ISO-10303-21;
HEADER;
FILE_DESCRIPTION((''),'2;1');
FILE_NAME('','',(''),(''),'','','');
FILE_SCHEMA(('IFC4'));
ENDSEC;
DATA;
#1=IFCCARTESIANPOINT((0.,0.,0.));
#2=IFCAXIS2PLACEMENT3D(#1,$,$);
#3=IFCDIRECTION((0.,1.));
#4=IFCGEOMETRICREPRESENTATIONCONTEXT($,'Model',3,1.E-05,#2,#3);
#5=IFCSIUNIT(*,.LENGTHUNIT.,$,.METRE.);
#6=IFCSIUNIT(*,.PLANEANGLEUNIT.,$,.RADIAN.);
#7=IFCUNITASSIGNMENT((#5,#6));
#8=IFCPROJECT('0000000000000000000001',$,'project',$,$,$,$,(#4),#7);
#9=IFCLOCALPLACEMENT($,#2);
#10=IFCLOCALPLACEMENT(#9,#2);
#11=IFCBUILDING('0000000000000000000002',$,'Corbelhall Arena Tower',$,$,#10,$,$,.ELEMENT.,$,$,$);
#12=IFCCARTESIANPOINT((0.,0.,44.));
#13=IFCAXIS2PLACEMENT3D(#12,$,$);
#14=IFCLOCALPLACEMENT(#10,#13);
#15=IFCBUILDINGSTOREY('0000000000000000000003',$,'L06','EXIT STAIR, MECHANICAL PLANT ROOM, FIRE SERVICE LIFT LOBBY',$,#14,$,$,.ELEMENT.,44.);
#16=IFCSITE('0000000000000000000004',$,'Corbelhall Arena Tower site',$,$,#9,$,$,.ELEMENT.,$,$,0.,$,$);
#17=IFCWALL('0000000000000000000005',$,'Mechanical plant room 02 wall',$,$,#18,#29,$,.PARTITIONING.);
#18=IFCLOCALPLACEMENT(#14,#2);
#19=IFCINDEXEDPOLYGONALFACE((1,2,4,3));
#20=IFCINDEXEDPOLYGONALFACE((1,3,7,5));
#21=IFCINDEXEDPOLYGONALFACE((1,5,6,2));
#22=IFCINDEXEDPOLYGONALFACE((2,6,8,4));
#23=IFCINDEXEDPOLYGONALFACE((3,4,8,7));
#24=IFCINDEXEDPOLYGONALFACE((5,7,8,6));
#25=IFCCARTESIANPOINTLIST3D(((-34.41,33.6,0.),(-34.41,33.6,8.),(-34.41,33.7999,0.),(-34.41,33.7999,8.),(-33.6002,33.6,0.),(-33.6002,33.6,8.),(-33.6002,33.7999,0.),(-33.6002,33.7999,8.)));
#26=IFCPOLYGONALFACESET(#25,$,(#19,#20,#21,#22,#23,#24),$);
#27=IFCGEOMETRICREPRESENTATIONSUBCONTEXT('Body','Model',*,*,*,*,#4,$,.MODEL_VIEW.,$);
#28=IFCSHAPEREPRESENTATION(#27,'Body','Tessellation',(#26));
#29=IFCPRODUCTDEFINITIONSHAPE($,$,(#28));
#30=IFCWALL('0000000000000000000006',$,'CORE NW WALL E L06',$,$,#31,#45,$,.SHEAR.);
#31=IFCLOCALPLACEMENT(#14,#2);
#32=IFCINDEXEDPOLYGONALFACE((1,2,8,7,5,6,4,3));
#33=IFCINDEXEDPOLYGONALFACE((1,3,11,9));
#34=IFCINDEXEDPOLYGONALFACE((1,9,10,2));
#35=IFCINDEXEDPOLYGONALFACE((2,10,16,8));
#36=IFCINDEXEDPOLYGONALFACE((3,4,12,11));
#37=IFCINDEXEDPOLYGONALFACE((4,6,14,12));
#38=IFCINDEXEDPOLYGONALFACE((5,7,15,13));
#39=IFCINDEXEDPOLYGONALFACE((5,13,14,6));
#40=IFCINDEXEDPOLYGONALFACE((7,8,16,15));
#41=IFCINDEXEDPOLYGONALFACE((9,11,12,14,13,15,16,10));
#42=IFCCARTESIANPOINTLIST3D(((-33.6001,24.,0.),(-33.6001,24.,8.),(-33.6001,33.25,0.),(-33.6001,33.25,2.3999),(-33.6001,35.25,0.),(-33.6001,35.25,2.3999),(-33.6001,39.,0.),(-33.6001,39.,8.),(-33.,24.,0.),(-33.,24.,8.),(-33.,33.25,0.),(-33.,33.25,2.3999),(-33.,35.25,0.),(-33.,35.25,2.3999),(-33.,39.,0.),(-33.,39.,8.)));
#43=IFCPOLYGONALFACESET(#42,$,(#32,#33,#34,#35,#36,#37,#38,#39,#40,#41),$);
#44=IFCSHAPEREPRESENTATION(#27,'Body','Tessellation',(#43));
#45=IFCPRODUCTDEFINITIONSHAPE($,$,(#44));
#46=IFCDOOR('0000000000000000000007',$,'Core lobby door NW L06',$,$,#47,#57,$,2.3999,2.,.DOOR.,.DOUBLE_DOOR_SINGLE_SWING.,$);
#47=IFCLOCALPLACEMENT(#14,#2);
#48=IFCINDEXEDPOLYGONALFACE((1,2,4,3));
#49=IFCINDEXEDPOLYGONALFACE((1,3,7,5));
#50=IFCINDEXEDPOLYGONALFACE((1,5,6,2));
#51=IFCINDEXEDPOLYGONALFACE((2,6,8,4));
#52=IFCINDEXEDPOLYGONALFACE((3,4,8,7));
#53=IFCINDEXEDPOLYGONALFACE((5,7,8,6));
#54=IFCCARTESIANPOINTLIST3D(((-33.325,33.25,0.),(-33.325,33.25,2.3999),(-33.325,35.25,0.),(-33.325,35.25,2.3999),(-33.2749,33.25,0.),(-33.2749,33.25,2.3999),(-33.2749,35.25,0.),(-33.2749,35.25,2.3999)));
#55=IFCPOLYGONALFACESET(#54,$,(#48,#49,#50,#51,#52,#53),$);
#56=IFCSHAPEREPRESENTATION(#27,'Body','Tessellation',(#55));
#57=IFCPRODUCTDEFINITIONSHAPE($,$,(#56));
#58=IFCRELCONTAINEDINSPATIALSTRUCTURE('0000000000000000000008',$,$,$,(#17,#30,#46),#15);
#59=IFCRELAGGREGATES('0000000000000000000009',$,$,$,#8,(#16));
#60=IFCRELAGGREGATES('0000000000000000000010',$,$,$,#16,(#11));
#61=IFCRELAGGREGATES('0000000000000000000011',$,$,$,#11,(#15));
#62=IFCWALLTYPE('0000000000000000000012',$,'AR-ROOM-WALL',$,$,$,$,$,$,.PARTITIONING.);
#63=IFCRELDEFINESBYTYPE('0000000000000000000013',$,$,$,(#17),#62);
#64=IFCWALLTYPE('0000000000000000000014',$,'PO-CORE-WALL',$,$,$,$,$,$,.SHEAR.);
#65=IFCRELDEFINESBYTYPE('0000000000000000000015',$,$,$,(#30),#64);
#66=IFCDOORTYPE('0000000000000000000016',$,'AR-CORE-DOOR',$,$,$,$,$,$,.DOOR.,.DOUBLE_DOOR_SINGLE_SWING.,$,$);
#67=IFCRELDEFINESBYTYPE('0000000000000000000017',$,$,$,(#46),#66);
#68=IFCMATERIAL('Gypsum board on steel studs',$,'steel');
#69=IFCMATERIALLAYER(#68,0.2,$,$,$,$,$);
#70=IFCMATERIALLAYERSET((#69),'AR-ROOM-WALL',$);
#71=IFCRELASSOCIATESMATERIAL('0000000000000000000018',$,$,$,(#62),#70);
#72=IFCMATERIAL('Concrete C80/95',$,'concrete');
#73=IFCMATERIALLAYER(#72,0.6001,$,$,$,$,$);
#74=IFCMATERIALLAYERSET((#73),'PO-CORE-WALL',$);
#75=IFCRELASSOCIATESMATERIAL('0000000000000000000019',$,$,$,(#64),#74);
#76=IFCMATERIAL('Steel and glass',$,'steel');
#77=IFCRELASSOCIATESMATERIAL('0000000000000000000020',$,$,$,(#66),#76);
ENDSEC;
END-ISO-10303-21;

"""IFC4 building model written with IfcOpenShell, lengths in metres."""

from ifc_helpers import new_model, si_unit, direction, frame, frame_2d, origin, place, context, subcontext, project, spatial, rectangle, extrude, material, layer, layer_set, type_object, element, fill, save


model = new_model("IFC4")

# Units and contexts
model_context = context("Model", 3, precision=1e-05, world=origin(), true_north=direction((0.0, 1.0)))
body_context = subcontext(model_context, "Body", "Model", "MODEL_VIEW")
ifc_project = project(units=[si_unit("LENGTHUNIT", "METRE"), si_unit("PLANEANGLEUNIT", "RADIAN")], contexts=[model_context])

# Site, building, storey
site_placement = place(None, origin())
site = spatial("IfcSite", under=ifc_project, at=site_placement, Name="Corbelhall Arena Tower site", CompositionType="ELEMENT", RefElevation=0.0)
building_placement = place(site_placement, origin())
building = spatial("IfcBuilding", under=site, at=building_placement, Name="Corbelhall Arena Tower", CompositionType="ELEMENT")
storey_placement = place(building_placement, frame((0.0, 0.0, 44.0)))
storey = spatial("IfcBuildingStorey", under=building, at=storey_placement, Name="L06", Description="EXIT STAIR, MECHANICAL PLANT ROOM, FIRE SERVICE LIFT LOBBY", CompositionType="ELEMENT", Elevation=44.0)

# Wall
ifc_material_1 = material(Name="Gypsum board on steel studs", Category="steel")
ifc_layer_1 = layer(ifc_material_1, 0.2)
ifc_layer_set_1 = layer_set([ifc_layer_1], Name="AR-ROOM-WALL")
wall_type_1 = type_object("IfcWallType", Name="AR-ROOM-WALL", PredefinedType="PARTITIONING", material=ifc_layer_set_1)
wall_1_placement = place(storey_placement, frame((-34.4099, 33.7, 0.0), z_axis=(0.0, 0.0, 1.0), x_axis=(1.0, 0.0, 0.0)))
element("IfcWall", 1, at=wall_1_placement, inside=storey, type_object=wall_type_1, Name="Mechanical plant room 02 wall", PredefinedType="PARTITIONING", context=body_context, shape_type="SweptSolid", body=[
    extrude(rectangle(XDim=0.8098, YDim=0.2, at=frame_2d((0.4048, 0.0))), origin(), (0.0, 0.0, 1.0), 8.0),
])

# Wall, opening, door
ifc_material_2 = material(Name="Concrete C80/95", Category="concrete")
ifc_layer_2 = layer(ifc_material_2, 0.6001)
ifc_layer_set_2 = layer_set([ifc_layer_2], Name="PO-CORE-WALL")
wall_type_2 = type_object("IfcWallType", Name="PO-CORE-WALL", PredefinedType="SHEAR", material=ifc_layer_set_2)
wall_2_placement = place(storey_placement, frame((-33.3, 24.0, 0.0), z_axis=(0.0, 0.0, 1.0), x_axis=(0.0, 1.0, 0.0)))
wall_2 = element("IfcWall", 2, at=wall_2_placement, inside=storey, type_object=wall_type_2, Name="CORE NW WALL E L06", PredefinedType="SHEAR", context=body_context, shape_type="SweptSolid", body=[
    extrude(rectangle(XDim=15.0, YDim=0.6001, at=frame_2d((7.5, 0.0))), origin(), (0.0, 0.0, 1.0), 8.0),
])
opening_1_placement = place(wall_2_placement, frame((9.25, 0.0, 0.0)))
opening_1 = element("IfcOpeningElement", 3, at=opening_1_placement, cuts=wall_2, PredefinedType="OPENING", context=body_context, shape_type="SweptSolid", body=[
    extrude(rectangle(XDim=2.0, YDim=2.3999, at=frame_2d((1.0, 1.2))), frame((0.0, 0.3, 0.0), z_axis=(0.0, -1.0, 0.0), x_axis=(1.0, 0.0, 0.0)), (0.0, 0.0, 1.0), 0.6001),
])
ifc_material_3 = material(Name="Steel and glass", Category="steel")
door_type_1 = type_object("IfcDoorType", Name="AR-CORE-DOOR", OperationType="DOUBLE_DOOR_SINGLE_SWING", PredefinedType="DOOR", material=ifc_material_3)
door_1_placement = place(opening_1_placement, origin())
door_1 = element("IfcDoor", 4, at=door_1_placement, inside=storey, type_object=door_type_1, Name="Core lobby door NW L06", OperationType="DOUBLE_DOOR_SINGLE_SWING", OverallHeight=2.3999, OverallWidth=2.0, PredefinedType="DOOR", context=body_context, shape_type="SweptSolid", body=[
    extrude(rectangle(XDim=2.0, YDim=2.3999, at=frame_2d((1.0, 1.2))), frame((0.0, 0.0249, 0.0), z_axis=(0.0, -1.0, 0.0), x_axis=(1.0, 0.0, 0.0)), (0.0, 0.0, 1.0), 0.05),
])
fill(opening_1, door_1)

save(model, "model.ifc")
